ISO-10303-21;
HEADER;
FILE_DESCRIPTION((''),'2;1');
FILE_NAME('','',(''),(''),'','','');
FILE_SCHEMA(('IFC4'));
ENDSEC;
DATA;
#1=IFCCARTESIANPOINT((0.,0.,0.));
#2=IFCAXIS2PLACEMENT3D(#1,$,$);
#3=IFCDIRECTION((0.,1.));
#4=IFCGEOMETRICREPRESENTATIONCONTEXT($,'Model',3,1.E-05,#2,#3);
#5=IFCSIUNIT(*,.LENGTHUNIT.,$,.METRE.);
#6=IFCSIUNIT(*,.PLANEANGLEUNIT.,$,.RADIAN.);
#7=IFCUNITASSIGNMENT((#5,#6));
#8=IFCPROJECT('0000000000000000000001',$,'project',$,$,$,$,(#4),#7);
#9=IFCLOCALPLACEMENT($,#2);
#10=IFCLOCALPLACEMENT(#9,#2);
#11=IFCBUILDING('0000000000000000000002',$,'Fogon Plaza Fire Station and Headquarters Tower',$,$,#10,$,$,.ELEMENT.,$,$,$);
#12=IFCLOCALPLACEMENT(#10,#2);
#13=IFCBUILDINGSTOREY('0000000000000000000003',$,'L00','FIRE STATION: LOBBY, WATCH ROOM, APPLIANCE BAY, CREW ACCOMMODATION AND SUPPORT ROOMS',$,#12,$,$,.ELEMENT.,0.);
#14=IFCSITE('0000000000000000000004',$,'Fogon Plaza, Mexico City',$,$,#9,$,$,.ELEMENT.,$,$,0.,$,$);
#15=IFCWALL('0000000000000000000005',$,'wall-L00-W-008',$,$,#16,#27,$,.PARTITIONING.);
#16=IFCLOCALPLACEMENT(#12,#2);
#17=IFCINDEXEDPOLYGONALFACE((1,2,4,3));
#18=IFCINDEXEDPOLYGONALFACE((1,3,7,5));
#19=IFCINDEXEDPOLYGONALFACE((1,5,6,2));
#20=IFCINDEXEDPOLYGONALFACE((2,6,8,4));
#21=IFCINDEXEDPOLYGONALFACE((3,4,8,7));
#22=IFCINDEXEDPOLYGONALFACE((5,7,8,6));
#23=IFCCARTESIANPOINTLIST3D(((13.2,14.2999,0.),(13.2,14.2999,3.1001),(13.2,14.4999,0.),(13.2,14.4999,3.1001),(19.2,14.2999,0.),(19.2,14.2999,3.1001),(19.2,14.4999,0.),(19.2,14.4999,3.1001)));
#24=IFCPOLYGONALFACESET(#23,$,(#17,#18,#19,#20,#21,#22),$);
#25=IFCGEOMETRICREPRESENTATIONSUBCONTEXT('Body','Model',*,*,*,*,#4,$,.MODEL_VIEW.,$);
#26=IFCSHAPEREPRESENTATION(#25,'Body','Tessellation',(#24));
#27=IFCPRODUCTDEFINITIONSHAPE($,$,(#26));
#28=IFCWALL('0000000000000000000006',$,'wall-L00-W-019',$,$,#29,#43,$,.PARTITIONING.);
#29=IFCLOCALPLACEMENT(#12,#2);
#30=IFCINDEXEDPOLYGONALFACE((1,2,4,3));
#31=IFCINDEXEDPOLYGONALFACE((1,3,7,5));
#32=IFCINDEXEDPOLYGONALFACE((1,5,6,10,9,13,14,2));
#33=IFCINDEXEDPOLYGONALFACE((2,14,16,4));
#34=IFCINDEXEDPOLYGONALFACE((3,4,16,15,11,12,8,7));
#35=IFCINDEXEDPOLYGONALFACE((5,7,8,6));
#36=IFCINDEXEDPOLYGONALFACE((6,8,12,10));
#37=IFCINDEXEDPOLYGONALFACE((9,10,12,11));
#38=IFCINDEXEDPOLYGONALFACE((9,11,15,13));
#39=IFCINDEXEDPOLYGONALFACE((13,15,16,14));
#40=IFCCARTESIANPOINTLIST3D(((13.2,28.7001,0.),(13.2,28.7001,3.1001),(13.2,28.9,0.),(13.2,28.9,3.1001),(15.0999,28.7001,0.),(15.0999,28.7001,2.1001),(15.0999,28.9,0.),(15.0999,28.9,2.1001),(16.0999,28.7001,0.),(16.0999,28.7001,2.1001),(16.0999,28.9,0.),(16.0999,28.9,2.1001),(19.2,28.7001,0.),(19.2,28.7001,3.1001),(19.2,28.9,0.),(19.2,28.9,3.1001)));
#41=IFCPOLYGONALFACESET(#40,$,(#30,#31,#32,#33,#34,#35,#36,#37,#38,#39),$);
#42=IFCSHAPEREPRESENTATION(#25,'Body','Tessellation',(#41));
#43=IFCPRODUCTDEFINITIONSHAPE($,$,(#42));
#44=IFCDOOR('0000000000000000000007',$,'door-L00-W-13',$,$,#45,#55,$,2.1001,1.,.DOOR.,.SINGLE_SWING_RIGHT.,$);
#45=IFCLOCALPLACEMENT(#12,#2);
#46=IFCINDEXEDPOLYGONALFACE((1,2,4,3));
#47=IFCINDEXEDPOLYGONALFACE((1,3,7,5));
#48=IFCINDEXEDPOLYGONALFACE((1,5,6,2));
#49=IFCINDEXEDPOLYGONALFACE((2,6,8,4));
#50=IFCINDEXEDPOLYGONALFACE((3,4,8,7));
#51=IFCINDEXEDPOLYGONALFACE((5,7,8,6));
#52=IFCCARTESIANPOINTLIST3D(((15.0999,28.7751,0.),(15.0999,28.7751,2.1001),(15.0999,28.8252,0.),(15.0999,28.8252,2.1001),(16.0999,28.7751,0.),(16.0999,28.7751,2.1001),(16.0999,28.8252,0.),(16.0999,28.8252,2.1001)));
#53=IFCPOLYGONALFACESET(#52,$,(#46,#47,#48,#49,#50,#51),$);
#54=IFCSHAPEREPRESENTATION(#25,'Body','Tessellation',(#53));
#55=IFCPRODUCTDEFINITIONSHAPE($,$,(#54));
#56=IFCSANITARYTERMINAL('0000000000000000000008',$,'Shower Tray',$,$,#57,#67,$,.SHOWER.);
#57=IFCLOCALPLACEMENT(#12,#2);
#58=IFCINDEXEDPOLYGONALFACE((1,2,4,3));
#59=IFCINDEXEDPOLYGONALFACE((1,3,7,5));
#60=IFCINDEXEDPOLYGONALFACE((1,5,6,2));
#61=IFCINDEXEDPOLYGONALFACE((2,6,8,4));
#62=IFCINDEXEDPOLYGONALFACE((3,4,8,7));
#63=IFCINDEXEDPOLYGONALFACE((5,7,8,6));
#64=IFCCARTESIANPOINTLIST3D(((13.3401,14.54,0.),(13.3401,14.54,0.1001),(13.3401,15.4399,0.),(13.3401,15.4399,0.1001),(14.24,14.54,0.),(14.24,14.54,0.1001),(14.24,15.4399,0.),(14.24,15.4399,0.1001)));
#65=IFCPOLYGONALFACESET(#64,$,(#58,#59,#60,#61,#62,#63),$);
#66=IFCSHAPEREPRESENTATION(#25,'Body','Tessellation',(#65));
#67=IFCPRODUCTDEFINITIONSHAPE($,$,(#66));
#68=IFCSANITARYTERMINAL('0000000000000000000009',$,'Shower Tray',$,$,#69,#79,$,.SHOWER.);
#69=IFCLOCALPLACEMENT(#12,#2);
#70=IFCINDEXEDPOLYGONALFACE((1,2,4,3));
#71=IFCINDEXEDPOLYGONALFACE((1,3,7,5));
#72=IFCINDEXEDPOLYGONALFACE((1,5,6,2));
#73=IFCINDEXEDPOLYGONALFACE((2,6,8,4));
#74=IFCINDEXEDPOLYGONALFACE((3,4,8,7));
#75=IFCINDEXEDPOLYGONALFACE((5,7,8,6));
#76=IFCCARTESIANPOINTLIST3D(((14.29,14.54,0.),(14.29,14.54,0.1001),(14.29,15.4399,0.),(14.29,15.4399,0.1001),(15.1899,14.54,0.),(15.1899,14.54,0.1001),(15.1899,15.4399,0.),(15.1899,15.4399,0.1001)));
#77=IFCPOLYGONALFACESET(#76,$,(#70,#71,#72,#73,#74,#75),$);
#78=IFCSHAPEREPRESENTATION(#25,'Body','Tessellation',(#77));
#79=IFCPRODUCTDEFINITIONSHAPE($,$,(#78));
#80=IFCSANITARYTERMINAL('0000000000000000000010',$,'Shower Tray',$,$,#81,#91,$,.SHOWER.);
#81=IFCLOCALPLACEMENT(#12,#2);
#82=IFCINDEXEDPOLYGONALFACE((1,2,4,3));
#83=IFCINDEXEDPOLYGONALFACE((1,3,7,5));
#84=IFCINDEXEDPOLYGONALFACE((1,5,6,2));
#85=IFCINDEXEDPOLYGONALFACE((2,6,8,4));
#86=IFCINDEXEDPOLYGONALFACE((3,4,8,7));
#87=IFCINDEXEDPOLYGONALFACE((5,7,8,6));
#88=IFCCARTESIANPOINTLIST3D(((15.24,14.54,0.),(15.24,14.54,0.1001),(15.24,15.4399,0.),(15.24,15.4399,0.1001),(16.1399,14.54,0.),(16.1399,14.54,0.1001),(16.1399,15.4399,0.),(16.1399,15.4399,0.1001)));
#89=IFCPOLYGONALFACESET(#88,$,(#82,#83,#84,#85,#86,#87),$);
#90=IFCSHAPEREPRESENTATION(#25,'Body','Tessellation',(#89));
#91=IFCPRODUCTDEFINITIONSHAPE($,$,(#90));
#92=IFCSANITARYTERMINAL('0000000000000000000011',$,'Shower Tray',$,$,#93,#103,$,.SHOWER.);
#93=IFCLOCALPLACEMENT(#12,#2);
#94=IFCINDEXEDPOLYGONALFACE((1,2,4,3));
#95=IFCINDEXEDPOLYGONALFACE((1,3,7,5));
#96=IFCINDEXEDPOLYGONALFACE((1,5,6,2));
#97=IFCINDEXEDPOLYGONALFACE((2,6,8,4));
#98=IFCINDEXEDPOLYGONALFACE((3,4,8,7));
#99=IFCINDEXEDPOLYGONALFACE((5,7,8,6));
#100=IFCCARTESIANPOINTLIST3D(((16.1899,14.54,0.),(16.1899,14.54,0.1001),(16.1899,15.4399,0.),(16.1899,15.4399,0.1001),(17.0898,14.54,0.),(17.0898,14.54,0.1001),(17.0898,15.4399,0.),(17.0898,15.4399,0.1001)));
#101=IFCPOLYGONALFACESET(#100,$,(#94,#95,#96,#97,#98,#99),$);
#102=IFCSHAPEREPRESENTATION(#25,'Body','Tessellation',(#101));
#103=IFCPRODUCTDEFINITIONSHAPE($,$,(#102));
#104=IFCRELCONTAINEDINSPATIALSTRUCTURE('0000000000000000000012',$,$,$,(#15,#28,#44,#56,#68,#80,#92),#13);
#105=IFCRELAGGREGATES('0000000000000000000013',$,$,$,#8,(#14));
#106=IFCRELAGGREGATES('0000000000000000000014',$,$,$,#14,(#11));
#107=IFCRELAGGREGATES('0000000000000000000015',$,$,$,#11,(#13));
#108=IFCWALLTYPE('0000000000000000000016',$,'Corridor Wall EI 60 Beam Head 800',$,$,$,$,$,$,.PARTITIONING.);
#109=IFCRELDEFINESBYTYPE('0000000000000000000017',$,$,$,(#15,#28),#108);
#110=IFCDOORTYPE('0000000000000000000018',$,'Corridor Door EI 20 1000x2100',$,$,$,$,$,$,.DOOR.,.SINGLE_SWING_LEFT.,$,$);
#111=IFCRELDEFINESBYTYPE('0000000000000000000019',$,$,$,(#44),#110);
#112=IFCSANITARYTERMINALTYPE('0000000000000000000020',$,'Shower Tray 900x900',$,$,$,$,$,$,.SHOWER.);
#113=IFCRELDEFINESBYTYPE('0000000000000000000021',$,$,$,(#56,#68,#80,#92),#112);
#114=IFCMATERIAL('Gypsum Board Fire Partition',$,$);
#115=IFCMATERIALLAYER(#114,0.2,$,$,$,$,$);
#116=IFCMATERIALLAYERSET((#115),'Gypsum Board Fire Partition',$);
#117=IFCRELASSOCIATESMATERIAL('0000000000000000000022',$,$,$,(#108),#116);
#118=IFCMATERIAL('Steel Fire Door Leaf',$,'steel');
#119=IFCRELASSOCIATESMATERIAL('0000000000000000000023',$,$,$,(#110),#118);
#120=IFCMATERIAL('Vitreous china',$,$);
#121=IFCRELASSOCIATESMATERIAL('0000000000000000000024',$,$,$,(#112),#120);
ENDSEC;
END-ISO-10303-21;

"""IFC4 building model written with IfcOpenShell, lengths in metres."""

from ifc_helpers import new_model, si_unit, direction, frame, frame_2d, origin, origin_2d, place, context, subcontext, project, spatial, rectangle, extrude, material, layer, layer_set, type_object, element, fill, save


model = new_model("IFC4")

# Units and contexts
model_context = context("Model", 3, precision=1e-05, world=origin(), true_north=direction((0.0, 1.0)))
body_context = subcontext(model_context, "Body", "Model", "MODEL_VIEW")
ifc_project = project(units=[si_unit("LENGTHUNIT", "METRE"), si_unit("PLANEANGLEUNIT", "RADIAN")], contexts=[model_context])

# Site, building, storey
site_placement = place(None, origin())
site = spatial("IfcSite", under=ifc_project, at=site_placement, Name="Fogon Plaza, Mexico City", CompositionType="ELEMENT", RefElevation=0.0)
building_placement = place(site_placement, origin())
building = spatial("IfcBuilding", under=site, at=building_placement, Name="Fogon Plaza Fire Station and Headquarters Tower", CompositionType="ELEMENT")
storey_placement = place(building_placement, origin())
storey = spatial("IfcBuildingStorey", under=building, at=storey_placement, Name="L00", Description="FIRE STATION: LOBBY, WATCH ROOM, APPLIANCE BAY, CREW ACCOMMODATION AND SUPPORT ROOMS", CompositionType="ELEMENT", Elevation=0.0)

# Wall
ifc_material_1 = material(Name="Gypsum Board Fire Partition")
ifc_layer_1 = layer(ifc_material_1, 0.2)
ifc_layer_set_1 = layer_set([ifc_layer_1], Name="Gypsum Board Fire Partition")
wall_type_1 = type_object("IfcWallType", Name="Corridor Wall EI 60 Beam Head 800", PredefinedType="PARTITIONING", material=ifc_layer_set_1)
wall_1_placement = place(storey_placement, frame((13.2, 14.3999, 0.0), z_axis=(0.0, 0.0, 1.0), x_axis=(1.0, 0.0, 0.0)))
element("IfcWall", 1, at=wall_1_placement, inside=storey, type_object=wall_type_1, Name="wall-L00-W-008", PredefinedType="PARTITIONING", context=body_context, shape_type="SweptSolid", body=[
    extrude(rectangle(XDim=6.0, YDim=0.2, at=frame_2d((3.0, 0.0))), origin(), (0.0, 0.0, 1.0), 3.1001),
])

# Wall, opening, door
wall_2_placement = place(storey_placement, frame((13.2, 28.8, 0.0), z_axis=(0.0, 0.0, 1.0), x_axis=(1.0, 0.0, 0.0)))
wall_2 = element("IfcWall", 2, at=wall_2_placement, inside=storey, type_object=wall_type_1, Name="wall-L00-W-019", PredefinedType="PARTITIONING", context=body_context, shape_type="SweptSolid", body=[
    extrude(rectangle(XDim=6.0, YDim=0.2, at=frame_2d((3.0, 0.0))), origin(), (0.0, 0.0, 1.0), 3.1001),
])
opening_1_placement = place(wall_2_placement, frame((1.8999, 0.0, 0.0)))
opening_1 = element("IfcOpeningElement", 3, at=opening_1_placement, cuts=wall_2, PredefinedType="OPENING", context=body_context, shape_type="SweptSolid", body=[
    extrude(rectangle(XDim=1.0, YDim=2.1001, at=frame_2d((0.5, 1.05))), frame((0.0, 0.1099, 0.0), z_axis=(0.0, -1.0, 0.0), x_axis=(1.0, 0.0, 0.0)), (0.0, 0.0, 1.0), 0.22),
])
ifc_material_2 = material(Name="Steel Fire Door Leaf", Category="steel")
door_type_1 = type_object("IfcDoorType", Name="Corridor Door EI 20 1000x2100", OperationType="SINGLE_SWING_LEFT", PredefinedType="DOOR", material=ifc_material_2)
door_1_placement = place(opening_1_placement, frame((1.0, 0.0, 0.0), z_axis=(0.0, 0.0, 1.0), x_axis=(-1.0, 0.0, 0.0)))
door_1 = element("IfcDoor", 4, at=door_1_placement, inside=storey, type_object=door_type_1, Name="door-L00-W-13", OperationType="SINGLE_SWING_RIGHT", OverallHeight=2.1001, OverallWidth=1.0, PredefinedType="DOOR", context=body_context, shape_type="SweptSolid", body=[
    extrude(rectangle(XDim=1.0, YDim=2.1001, at=frame_2d((0.5, 1.05))), frame((0.0, 0.0249, 0.0), z_axis=(0.0, -1.0, 0.0), x_axis=(1.0, 0.0, 0.0)), (0.0, 0.0, 1.0), 0.05),
])
fill(opening_1, door_1)

# Sanitary terminals
ifc_material_3 = material(Name="Vitreous china")
sanitary_terminal_type = type_object("IfcSanitaryTerminalType", Name="Shower Tray 900x900", PredefinedType="SHOWER", material=ifc_material_3)
for number, where, z_axis, x_axis, name in (
    (5, (13.79, 14.99, 0.0), (0.0, 0.0, 1.0), (1.0, 0.0, 0.0), "Shower Tray"),
    (6, (14.74, 14.99, 0.0), (0.0, 0.0, 1.0), (1.0, 0.0, 0.0), "Shower Tray"),
    (7, (15.6899, 14.99, 0.0), (0.0, 0.0, 1.0), (1.0, 0.0, 0.0), "Shower Tray"),
    (8, (16.6399, 14.99, 0.0), (0.0, 0.0, 1.0), (1.0, 0.0, 0.0), "Shower Tray"),
):
    element("IfcSanitaryTerminal", number, at=place(storey_placement, frame(where, z_axis=z_axis, x_axis=x_axis)), inside=storey, type_object=sanitary_terminal_type, Name=name, PredefinedType="SHOWER", context=body_context, shape_type="SweptSolid", body=[
        extrude(rectangle(XDim=0.8999, YDim=0.8999, at=origin_2d()), origin(), (0.0, 0.0, 1.0), 0.1001),
    ])

save(model, "model.ifc")
